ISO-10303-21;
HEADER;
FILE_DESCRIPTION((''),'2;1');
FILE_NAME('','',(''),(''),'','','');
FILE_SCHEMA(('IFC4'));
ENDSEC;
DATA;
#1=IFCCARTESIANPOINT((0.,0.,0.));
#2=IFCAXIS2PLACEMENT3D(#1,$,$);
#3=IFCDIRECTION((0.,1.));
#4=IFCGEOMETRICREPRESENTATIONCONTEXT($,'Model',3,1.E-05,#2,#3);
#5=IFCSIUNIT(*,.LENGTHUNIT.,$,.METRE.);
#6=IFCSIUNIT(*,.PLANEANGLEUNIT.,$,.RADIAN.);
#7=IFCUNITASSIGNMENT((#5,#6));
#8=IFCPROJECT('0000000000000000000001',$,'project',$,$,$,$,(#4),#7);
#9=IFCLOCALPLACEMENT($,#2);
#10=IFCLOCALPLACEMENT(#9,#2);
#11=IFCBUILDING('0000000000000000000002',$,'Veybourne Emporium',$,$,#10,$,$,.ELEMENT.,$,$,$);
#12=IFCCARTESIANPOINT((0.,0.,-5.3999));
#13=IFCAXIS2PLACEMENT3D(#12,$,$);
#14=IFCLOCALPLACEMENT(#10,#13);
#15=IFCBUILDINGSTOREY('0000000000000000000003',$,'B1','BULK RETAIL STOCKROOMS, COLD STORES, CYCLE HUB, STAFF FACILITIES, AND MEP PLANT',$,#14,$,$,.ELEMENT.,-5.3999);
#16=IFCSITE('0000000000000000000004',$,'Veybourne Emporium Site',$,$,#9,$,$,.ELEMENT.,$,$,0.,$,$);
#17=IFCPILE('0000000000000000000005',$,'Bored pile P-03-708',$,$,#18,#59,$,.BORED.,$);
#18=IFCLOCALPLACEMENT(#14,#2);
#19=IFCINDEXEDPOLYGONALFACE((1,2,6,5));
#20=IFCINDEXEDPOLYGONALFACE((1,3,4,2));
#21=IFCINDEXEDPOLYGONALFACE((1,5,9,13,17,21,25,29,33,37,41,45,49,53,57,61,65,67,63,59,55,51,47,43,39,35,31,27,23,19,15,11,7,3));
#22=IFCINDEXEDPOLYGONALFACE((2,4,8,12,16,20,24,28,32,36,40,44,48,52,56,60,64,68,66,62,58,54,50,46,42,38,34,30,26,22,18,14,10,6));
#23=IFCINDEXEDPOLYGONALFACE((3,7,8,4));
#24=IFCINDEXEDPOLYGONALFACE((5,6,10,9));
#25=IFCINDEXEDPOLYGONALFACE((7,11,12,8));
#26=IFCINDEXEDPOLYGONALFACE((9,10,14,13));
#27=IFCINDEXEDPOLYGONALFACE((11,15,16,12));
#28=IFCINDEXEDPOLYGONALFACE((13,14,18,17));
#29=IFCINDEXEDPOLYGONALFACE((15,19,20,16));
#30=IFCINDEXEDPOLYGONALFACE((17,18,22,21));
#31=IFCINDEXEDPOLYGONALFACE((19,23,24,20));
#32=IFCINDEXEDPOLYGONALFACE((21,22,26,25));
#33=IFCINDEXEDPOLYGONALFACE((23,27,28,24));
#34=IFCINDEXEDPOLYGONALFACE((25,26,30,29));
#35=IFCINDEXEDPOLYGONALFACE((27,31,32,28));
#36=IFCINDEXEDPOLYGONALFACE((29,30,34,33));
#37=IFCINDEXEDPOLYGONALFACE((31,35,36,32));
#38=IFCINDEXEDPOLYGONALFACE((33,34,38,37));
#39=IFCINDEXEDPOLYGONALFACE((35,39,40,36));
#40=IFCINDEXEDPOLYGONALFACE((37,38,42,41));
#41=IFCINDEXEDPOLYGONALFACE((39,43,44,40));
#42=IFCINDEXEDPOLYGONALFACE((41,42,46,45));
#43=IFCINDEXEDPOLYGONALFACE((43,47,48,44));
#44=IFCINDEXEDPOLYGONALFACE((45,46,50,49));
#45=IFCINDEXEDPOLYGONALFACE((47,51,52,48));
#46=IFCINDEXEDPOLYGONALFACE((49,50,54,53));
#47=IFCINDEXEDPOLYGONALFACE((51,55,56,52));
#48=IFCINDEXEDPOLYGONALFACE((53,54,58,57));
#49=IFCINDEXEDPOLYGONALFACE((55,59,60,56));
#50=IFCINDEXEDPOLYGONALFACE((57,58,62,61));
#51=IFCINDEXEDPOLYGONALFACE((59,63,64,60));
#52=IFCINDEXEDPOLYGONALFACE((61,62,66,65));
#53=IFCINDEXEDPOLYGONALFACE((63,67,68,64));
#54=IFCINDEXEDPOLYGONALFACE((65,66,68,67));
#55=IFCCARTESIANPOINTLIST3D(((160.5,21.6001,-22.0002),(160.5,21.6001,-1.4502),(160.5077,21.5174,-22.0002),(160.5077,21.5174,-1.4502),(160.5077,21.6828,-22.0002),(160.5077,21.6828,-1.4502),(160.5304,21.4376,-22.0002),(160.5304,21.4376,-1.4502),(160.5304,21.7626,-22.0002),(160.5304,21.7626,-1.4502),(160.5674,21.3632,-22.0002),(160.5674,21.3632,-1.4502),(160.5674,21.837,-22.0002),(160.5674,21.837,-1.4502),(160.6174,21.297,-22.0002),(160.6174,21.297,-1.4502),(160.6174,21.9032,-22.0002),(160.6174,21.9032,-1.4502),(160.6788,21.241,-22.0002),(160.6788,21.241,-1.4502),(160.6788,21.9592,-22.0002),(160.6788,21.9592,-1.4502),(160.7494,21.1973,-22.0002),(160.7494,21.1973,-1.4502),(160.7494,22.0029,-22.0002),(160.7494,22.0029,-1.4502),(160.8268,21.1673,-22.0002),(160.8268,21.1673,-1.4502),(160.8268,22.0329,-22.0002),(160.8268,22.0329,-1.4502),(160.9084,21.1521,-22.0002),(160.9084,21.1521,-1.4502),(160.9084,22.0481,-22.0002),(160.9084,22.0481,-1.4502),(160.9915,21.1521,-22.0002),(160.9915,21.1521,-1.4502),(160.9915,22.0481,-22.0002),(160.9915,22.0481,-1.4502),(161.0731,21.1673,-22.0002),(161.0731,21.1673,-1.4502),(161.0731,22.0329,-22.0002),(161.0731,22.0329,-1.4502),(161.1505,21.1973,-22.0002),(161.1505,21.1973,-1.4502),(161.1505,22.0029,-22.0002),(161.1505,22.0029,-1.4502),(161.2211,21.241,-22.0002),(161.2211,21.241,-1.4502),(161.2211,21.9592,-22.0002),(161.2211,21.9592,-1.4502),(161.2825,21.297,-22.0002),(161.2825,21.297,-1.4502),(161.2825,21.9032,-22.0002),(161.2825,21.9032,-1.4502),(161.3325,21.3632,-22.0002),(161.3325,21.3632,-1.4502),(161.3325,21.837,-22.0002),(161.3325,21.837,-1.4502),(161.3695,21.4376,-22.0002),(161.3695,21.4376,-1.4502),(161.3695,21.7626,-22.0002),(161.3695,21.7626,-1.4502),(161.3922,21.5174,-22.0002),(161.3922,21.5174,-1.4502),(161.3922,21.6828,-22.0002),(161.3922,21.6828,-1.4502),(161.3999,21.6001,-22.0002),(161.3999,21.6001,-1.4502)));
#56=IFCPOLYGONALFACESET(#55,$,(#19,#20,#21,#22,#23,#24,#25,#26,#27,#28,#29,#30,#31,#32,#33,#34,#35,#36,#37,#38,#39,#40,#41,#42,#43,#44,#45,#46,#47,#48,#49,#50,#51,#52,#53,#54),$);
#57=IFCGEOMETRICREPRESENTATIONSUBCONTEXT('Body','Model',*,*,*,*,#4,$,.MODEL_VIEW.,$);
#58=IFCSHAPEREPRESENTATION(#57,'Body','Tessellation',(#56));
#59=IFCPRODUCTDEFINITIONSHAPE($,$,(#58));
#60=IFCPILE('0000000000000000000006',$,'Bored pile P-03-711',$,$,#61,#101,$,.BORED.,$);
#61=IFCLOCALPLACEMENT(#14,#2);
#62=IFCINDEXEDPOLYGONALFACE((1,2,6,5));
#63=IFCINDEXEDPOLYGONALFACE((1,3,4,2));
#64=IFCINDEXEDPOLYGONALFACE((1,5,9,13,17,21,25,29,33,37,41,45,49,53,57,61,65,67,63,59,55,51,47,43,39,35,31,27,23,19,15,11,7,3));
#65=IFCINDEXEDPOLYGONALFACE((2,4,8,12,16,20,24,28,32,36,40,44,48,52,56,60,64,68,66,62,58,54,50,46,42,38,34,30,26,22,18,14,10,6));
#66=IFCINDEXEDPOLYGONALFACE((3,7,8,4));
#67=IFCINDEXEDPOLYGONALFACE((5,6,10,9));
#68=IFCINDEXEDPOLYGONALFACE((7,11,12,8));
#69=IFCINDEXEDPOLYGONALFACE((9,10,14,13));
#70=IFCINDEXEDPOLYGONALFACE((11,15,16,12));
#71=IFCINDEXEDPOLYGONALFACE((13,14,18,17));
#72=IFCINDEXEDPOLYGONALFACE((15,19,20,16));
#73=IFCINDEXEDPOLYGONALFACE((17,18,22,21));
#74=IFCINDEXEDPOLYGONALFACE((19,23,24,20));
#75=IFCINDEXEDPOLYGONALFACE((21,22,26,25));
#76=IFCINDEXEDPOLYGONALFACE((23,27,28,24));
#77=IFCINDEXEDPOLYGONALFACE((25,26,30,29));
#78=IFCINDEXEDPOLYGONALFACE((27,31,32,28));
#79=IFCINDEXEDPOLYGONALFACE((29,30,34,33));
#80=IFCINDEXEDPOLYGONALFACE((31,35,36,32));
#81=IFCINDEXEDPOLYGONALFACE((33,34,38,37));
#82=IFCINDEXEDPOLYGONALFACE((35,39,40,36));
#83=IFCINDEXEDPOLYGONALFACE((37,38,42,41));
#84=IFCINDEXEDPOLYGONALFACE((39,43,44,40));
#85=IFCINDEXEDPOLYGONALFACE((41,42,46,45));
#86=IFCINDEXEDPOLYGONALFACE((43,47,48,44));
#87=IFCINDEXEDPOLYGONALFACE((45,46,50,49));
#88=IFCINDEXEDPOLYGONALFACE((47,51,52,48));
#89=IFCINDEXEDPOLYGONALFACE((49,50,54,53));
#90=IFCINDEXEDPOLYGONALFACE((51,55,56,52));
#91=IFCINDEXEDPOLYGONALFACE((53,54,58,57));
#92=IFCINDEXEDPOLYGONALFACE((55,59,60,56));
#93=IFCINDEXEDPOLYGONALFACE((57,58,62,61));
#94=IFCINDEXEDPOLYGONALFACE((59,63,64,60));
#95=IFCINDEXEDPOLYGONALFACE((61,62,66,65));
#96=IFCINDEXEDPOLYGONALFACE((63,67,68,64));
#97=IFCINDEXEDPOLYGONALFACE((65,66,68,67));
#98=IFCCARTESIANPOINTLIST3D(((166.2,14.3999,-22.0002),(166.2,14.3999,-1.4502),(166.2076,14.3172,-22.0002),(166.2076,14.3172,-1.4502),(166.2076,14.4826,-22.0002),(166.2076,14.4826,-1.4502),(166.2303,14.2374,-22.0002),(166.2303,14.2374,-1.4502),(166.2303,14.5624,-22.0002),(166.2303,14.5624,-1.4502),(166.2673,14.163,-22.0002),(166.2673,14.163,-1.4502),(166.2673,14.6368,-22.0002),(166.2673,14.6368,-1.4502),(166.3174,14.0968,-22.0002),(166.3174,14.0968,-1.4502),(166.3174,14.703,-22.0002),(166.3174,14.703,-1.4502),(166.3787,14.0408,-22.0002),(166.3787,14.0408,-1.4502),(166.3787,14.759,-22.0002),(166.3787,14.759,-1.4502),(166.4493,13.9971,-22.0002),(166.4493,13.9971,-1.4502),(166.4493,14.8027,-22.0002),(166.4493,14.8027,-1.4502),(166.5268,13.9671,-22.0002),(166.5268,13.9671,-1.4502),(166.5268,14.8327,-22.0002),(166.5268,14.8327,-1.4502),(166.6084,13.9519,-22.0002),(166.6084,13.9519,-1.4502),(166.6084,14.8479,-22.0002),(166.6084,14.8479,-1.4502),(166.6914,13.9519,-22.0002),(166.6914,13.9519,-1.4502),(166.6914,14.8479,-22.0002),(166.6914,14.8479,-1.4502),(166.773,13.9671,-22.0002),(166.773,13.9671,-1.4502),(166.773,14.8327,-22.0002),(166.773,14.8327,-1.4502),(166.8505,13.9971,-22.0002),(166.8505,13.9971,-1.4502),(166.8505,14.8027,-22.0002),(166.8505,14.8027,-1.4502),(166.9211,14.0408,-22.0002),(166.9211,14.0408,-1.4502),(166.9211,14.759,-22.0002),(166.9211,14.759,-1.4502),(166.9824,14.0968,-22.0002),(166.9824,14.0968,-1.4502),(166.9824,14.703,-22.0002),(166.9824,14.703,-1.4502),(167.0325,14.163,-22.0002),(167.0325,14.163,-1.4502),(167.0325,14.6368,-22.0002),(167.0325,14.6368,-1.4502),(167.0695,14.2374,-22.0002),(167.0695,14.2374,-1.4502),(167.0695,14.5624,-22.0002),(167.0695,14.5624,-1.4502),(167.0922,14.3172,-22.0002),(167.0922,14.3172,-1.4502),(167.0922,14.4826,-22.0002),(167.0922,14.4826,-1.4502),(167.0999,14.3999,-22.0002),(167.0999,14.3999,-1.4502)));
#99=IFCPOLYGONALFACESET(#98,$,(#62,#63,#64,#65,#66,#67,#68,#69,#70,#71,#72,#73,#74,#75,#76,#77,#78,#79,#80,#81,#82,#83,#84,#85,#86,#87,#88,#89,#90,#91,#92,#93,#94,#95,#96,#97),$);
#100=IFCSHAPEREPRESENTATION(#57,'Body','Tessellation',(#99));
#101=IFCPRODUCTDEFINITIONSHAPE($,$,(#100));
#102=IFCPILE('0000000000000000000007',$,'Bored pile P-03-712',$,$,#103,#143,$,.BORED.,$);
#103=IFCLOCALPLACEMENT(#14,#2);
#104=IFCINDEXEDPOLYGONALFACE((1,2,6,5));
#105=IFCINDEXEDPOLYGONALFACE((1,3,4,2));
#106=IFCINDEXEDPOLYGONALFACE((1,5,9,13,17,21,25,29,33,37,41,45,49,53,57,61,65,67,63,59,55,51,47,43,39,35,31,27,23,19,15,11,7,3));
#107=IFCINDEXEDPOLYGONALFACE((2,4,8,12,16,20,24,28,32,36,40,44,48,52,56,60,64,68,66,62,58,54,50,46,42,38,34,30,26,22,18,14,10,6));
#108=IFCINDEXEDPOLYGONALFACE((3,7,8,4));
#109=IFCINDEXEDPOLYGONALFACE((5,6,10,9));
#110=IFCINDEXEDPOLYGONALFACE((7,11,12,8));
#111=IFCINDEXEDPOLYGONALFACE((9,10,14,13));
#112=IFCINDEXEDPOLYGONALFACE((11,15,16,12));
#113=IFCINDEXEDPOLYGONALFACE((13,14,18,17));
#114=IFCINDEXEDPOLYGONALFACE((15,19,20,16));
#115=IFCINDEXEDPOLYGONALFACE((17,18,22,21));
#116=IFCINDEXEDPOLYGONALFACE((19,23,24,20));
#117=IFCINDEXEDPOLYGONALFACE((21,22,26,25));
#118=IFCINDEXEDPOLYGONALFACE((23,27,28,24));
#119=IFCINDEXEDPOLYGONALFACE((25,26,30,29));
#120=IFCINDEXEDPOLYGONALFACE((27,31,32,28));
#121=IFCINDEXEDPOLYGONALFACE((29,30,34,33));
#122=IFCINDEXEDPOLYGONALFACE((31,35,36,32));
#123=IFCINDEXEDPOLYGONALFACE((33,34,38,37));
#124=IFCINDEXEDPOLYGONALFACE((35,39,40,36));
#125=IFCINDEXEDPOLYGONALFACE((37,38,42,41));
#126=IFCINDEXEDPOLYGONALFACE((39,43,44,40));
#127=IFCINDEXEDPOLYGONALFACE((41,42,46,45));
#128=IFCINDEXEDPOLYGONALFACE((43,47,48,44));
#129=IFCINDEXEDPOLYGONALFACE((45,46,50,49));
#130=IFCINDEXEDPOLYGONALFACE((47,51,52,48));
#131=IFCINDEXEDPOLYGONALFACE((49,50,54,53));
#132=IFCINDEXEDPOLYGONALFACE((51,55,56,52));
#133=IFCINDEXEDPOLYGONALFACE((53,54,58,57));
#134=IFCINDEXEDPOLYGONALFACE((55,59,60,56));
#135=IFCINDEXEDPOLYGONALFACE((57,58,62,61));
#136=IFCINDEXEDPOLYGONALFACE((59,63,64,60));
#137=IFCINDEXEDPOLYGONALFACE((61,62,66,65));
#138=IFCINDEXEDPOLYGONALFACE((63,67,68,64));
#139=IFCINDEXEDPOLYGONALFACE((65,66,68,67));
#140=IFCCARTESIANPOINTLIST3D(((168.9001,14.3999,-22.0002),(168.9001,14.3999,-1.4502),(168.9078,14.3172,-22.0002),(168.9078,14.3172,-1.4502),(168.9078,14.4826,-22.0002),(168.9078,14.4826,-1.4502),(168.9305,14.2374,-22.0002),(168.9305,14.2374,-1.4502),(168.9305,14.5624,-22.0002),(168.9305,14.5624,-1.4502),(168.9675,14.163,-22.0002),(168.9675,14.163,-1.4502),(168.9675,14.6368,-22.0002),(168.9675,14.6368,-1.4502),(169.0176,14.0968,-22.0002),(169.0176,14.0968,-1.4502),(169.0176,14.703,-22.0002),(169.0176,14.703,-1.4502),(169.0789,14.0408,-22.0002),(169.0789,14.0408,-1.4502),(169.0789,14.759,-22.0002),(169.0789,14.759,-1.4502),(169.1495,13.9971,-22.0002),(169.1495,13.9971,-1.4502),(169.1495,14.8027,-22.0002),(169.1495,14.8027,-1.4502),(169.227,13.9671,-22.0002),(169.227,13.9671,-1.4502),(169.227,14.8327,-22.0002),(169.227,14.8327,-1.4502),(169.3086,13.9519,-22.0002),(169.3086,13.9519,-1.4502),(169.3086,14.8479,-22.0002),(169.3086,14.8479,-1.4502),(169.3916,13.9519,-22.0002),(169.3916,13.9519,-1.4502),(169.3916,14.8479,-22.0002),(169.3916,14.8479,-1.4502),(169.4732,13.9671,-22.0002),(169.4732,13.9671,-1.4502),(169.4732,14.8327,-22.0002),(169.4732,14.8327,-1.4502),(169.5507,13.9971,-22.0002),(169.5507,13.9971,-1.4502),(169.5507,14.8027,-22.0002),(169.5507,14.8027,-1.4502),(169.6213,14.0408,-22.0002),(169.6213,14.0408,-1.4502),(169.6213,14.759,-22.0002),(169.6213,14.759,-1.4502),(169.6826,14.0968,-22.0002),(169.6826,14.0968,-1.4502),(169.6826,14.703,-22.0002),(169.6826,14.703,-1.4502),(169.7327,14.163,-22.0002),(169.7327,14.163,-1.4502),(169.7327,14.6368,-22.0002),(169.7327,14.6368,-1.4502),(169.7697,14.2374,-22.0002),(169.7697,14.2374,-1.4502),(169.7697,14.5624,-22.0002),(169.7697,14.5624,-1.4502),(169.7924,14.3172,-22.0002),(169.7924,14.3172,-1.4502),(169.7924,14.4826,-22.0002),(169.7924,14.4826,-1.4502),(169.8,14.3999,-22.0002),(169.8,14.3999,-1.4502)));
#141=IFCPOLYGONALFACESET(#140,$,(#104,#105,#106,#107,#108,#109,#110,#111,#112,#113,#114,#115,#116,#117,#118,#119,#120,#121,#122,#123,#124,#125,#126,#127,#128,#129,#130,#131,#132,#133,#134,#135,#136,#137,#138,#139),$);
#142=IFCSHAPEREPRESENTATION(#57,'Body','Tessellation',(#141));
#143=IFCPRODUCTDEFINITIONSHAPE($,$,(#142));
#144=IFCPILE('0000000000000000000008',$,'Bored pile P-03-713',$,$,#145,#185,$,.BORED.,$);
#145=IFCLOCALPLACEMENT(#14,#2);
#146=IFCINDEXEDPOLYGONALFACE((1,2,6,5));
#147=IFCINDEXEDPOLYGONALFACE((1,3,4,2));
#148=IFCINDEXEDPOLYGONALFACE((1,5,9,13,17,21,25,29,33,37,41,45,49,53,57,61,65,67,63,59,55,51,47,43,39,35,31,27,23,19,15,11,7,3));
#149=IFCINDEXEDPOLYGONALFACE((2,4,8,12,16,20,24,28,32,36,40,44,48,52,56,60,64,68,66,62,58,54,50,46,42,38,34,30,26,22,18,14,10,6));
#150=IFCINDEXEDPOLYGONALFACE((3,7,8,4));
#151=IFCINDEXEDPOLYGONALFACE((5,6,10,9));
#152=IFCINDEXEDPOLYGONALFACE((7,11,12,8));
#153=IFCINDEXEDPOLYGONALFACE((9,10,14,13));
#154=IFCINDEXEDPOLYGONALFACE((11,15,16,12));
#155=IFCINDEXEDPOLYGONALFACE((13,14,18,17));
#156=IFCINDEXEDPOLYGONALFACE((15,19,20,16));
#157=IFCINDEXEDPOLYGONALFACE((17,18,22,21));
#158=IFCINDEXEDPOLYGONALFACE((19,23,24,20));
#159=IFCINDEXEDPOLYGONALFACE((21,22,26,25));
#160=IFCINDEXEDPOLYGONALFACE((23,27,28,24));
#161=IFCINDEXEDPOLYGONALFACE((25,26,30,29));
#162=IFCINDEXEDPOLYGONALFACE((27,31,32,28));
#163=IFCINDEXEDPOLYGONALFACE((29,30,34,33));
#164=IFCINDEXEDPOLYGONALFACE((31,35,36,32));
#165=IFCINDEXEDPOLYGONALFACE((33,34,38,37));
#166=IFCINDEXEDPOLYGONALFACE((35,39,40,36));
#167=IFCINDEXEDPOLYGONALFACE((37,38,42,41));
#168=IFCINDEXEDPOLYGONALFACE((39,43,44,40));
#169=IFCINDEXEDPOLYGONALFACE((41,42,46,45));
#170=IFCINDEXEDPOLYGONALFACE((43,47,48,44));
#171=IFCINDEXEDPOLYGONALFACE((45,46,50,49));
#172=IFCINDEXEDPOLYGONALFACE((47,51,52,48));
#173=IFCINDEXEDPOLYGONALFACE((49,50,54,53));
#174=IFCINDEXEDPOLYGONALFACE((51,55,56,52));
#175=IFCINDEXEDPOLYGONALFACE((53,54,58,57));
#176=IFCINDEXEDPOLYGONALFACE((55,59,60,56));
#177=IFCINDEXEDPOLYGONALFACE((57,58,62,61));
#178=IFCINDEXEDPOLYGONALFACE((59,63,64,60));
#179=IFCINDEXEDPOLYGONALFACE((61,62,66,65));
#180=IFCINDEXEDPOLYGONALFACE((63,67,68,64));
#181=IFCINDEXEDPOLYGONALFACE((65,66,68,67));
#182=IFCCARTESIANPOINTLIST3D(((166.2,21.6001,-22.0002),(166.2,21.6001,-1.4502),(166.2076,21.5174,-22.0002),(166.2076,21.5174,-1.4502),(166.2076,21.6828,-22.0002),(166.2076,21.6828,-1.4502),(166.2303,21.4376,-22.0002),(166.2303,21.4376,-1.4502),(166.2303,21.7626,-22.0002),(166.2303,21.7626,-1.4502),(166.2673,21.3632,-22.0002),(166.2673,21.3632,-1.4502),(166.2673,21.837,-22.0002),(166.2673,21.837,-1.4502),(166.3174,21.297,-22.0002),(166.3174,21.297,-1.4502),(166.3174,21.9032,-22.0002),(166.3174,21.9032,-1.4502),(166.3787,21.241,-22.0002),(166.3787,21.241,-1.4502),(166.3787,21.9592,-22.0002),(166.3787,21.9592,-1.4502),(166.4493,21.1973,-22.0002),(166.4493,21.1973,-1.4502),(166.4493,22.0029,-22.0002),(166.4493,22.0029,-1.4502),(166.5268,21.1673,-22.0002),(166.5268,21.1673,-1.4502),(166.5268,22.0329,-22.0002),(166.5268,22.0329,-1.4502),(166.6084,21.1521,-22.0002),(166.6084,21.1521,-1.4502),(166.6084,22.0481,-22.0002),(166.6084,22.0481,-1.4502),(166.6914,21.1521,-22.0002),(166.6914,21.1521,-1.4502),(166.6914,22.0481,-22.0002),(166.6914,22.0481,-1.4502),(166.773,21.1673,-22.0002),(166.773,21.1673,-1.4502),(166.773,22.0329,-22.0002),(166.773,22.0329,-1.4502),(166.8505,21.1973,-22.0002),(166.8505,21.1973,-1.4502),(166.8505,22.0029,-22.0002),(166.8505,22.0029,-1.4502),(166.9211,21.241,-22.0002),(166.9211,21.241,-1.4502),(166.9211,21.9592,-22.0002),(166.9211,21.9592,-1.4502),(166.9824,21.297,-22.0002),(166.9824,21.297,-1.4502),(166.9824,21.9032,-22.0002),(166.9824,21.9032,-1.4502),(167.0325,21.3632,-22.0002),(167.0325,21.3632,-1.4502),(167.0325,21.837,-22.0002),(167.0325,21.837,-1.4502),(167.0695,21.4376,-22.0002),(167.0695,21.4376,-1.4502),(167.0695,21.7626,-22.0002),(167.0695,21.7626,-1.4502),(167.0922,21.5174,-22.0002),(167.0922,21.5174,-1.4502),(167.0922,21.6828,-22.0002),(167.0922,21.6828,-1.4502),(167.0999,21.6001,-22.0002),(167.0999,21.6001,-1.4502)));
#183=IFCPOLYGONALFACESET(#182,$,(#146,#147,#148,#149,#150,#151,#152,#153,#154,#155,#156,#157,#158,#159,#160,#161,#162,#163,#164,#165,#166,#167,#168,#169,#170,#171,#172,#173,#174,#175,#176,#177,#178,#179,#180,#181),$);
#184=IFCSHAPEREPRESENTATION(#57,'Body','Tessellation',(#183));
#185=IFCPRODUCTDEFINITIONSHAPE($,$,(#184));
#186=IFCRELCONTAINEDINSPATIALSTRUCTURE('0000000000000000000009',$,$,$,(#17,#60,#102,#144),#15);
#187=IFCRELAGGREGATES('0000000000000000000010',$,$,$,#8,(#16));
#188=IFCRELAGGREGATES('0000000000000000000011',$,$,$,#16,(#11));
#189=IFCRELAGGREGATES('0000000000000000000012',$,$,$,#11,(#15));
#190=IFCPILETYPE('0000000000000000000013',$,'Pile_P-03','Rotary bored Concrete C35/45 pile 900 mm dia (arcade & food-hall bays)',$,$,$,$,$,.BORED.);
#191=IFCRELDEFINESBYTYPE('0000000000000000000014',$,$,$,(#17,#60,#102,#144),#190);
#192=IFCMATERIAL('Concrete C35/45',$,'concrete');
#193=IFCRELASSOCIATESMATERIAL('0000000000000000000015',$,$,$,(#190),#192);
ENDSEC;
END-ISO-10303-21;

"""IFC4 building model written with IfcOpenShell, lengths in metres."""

from ifc_helpers import new_model, si_unit, direction, frame, origin, origin_2d, place, context, subcontext, project, spatial, circle, extrude, material, material_profile, profile_set, type_object, element, save


model = new_model("IFC4")

# Units and contexts
model_context = context("Model", 3, precision=1e-05, world=origin(), true_north=direction((0.0, 1.0)))
body_context = subcontext(model_context, "Body", "Model", "MODEL_VIEW")
ifc_project = project(units=[si_unit("LENGTHUNIT", "METRE"), si_unit("PLANEANGLEUNIT", "RADIAN")], contexts=[model_context])

# Site, building, storey
site_placement = place(None, origin())
site = spatial("IfcSite", under=ifc_project, at=site_placement, Name="Veybourne Emporium Site", CompositionType="ELEMENT", RefElevation=0.0)
building_placement = place(site_placement, origin())
building = spatial("IfcBuilding", under=site, at=building_placement, Name="Veybourne Emporium", CompositionType="ELEMENT")
storey_placement = place(building_placement, frame((0.0, 0.0, -5.3999)))
storey = spatial("IfcBuildingStorey", under=building, at=storey_placement, Name="B1", Description="BULK RETAIL STOCKROOMS, COLD STORES, CYCLE HUB, STAFF FACILITIES, AND MEP PLANT", CompositionType="ELEMENT", Elevation=-5.3999)

# Shared definitions
ifc_material_1 = material(Name="Concrete C35/45", Category="concrete")

# Piles
ifc_material_profile_1 = material_profile(ifc_material_1, circle(Radius=0.45, at=origin_2d()), Name="BORED PILE 900")
ifc_profile_set_1 = profile_set([ifc_material_profile_1], Name="Concrete C35/45")
pile_type = type_object("IfcPileType", Name="Pile_P-03", Description="Rotary bored Concrete C35/45 pile 900 mm dia (arcade & food-hall bays)", PredefinedType="BORED", material=ifc_profile_set_1)
for number, where, z_axis, x_axis, name in (
    (1, (160.95, 21.6001, -1.4502), (0.0, 0.0, -1.0), (1.0, 0.0, 0.0), "Bored pile P-03-708"),
    (2, (166.6499, 14.3999, -1.4502), (0.0, 0.0, -1.0), (1.0, 0.0, 0.0), "Bored pile P-03-711"),
    (3, (169.3501, 14.3999, -1.4502), (0.0, 0.0, -1.0), (1.0, 0.0, 0.0), "Bored pile P-03-712"),
    (4, (166.6499, 21.6001, -1.4502), (0.0, 0.0, -1.0), (1.0, 0.0, 0.0), "Bored pile P-03-713"),
):
    element("IfcPile", number, at=place(storey_placement, frame(where, z_axis=z_axis, x_axis=x_axis)), inside=storey, type_object=pile_type, Name=name, PredefinedType="BORED", context=body_context, shape_type="SweptSolid", body=[
        extrude(circle(Radius=0.45, at=origin_2d()), origin(), (0.0, 0.0, 1.0), 20.55),
    ])

save(model, "model.ifc")
